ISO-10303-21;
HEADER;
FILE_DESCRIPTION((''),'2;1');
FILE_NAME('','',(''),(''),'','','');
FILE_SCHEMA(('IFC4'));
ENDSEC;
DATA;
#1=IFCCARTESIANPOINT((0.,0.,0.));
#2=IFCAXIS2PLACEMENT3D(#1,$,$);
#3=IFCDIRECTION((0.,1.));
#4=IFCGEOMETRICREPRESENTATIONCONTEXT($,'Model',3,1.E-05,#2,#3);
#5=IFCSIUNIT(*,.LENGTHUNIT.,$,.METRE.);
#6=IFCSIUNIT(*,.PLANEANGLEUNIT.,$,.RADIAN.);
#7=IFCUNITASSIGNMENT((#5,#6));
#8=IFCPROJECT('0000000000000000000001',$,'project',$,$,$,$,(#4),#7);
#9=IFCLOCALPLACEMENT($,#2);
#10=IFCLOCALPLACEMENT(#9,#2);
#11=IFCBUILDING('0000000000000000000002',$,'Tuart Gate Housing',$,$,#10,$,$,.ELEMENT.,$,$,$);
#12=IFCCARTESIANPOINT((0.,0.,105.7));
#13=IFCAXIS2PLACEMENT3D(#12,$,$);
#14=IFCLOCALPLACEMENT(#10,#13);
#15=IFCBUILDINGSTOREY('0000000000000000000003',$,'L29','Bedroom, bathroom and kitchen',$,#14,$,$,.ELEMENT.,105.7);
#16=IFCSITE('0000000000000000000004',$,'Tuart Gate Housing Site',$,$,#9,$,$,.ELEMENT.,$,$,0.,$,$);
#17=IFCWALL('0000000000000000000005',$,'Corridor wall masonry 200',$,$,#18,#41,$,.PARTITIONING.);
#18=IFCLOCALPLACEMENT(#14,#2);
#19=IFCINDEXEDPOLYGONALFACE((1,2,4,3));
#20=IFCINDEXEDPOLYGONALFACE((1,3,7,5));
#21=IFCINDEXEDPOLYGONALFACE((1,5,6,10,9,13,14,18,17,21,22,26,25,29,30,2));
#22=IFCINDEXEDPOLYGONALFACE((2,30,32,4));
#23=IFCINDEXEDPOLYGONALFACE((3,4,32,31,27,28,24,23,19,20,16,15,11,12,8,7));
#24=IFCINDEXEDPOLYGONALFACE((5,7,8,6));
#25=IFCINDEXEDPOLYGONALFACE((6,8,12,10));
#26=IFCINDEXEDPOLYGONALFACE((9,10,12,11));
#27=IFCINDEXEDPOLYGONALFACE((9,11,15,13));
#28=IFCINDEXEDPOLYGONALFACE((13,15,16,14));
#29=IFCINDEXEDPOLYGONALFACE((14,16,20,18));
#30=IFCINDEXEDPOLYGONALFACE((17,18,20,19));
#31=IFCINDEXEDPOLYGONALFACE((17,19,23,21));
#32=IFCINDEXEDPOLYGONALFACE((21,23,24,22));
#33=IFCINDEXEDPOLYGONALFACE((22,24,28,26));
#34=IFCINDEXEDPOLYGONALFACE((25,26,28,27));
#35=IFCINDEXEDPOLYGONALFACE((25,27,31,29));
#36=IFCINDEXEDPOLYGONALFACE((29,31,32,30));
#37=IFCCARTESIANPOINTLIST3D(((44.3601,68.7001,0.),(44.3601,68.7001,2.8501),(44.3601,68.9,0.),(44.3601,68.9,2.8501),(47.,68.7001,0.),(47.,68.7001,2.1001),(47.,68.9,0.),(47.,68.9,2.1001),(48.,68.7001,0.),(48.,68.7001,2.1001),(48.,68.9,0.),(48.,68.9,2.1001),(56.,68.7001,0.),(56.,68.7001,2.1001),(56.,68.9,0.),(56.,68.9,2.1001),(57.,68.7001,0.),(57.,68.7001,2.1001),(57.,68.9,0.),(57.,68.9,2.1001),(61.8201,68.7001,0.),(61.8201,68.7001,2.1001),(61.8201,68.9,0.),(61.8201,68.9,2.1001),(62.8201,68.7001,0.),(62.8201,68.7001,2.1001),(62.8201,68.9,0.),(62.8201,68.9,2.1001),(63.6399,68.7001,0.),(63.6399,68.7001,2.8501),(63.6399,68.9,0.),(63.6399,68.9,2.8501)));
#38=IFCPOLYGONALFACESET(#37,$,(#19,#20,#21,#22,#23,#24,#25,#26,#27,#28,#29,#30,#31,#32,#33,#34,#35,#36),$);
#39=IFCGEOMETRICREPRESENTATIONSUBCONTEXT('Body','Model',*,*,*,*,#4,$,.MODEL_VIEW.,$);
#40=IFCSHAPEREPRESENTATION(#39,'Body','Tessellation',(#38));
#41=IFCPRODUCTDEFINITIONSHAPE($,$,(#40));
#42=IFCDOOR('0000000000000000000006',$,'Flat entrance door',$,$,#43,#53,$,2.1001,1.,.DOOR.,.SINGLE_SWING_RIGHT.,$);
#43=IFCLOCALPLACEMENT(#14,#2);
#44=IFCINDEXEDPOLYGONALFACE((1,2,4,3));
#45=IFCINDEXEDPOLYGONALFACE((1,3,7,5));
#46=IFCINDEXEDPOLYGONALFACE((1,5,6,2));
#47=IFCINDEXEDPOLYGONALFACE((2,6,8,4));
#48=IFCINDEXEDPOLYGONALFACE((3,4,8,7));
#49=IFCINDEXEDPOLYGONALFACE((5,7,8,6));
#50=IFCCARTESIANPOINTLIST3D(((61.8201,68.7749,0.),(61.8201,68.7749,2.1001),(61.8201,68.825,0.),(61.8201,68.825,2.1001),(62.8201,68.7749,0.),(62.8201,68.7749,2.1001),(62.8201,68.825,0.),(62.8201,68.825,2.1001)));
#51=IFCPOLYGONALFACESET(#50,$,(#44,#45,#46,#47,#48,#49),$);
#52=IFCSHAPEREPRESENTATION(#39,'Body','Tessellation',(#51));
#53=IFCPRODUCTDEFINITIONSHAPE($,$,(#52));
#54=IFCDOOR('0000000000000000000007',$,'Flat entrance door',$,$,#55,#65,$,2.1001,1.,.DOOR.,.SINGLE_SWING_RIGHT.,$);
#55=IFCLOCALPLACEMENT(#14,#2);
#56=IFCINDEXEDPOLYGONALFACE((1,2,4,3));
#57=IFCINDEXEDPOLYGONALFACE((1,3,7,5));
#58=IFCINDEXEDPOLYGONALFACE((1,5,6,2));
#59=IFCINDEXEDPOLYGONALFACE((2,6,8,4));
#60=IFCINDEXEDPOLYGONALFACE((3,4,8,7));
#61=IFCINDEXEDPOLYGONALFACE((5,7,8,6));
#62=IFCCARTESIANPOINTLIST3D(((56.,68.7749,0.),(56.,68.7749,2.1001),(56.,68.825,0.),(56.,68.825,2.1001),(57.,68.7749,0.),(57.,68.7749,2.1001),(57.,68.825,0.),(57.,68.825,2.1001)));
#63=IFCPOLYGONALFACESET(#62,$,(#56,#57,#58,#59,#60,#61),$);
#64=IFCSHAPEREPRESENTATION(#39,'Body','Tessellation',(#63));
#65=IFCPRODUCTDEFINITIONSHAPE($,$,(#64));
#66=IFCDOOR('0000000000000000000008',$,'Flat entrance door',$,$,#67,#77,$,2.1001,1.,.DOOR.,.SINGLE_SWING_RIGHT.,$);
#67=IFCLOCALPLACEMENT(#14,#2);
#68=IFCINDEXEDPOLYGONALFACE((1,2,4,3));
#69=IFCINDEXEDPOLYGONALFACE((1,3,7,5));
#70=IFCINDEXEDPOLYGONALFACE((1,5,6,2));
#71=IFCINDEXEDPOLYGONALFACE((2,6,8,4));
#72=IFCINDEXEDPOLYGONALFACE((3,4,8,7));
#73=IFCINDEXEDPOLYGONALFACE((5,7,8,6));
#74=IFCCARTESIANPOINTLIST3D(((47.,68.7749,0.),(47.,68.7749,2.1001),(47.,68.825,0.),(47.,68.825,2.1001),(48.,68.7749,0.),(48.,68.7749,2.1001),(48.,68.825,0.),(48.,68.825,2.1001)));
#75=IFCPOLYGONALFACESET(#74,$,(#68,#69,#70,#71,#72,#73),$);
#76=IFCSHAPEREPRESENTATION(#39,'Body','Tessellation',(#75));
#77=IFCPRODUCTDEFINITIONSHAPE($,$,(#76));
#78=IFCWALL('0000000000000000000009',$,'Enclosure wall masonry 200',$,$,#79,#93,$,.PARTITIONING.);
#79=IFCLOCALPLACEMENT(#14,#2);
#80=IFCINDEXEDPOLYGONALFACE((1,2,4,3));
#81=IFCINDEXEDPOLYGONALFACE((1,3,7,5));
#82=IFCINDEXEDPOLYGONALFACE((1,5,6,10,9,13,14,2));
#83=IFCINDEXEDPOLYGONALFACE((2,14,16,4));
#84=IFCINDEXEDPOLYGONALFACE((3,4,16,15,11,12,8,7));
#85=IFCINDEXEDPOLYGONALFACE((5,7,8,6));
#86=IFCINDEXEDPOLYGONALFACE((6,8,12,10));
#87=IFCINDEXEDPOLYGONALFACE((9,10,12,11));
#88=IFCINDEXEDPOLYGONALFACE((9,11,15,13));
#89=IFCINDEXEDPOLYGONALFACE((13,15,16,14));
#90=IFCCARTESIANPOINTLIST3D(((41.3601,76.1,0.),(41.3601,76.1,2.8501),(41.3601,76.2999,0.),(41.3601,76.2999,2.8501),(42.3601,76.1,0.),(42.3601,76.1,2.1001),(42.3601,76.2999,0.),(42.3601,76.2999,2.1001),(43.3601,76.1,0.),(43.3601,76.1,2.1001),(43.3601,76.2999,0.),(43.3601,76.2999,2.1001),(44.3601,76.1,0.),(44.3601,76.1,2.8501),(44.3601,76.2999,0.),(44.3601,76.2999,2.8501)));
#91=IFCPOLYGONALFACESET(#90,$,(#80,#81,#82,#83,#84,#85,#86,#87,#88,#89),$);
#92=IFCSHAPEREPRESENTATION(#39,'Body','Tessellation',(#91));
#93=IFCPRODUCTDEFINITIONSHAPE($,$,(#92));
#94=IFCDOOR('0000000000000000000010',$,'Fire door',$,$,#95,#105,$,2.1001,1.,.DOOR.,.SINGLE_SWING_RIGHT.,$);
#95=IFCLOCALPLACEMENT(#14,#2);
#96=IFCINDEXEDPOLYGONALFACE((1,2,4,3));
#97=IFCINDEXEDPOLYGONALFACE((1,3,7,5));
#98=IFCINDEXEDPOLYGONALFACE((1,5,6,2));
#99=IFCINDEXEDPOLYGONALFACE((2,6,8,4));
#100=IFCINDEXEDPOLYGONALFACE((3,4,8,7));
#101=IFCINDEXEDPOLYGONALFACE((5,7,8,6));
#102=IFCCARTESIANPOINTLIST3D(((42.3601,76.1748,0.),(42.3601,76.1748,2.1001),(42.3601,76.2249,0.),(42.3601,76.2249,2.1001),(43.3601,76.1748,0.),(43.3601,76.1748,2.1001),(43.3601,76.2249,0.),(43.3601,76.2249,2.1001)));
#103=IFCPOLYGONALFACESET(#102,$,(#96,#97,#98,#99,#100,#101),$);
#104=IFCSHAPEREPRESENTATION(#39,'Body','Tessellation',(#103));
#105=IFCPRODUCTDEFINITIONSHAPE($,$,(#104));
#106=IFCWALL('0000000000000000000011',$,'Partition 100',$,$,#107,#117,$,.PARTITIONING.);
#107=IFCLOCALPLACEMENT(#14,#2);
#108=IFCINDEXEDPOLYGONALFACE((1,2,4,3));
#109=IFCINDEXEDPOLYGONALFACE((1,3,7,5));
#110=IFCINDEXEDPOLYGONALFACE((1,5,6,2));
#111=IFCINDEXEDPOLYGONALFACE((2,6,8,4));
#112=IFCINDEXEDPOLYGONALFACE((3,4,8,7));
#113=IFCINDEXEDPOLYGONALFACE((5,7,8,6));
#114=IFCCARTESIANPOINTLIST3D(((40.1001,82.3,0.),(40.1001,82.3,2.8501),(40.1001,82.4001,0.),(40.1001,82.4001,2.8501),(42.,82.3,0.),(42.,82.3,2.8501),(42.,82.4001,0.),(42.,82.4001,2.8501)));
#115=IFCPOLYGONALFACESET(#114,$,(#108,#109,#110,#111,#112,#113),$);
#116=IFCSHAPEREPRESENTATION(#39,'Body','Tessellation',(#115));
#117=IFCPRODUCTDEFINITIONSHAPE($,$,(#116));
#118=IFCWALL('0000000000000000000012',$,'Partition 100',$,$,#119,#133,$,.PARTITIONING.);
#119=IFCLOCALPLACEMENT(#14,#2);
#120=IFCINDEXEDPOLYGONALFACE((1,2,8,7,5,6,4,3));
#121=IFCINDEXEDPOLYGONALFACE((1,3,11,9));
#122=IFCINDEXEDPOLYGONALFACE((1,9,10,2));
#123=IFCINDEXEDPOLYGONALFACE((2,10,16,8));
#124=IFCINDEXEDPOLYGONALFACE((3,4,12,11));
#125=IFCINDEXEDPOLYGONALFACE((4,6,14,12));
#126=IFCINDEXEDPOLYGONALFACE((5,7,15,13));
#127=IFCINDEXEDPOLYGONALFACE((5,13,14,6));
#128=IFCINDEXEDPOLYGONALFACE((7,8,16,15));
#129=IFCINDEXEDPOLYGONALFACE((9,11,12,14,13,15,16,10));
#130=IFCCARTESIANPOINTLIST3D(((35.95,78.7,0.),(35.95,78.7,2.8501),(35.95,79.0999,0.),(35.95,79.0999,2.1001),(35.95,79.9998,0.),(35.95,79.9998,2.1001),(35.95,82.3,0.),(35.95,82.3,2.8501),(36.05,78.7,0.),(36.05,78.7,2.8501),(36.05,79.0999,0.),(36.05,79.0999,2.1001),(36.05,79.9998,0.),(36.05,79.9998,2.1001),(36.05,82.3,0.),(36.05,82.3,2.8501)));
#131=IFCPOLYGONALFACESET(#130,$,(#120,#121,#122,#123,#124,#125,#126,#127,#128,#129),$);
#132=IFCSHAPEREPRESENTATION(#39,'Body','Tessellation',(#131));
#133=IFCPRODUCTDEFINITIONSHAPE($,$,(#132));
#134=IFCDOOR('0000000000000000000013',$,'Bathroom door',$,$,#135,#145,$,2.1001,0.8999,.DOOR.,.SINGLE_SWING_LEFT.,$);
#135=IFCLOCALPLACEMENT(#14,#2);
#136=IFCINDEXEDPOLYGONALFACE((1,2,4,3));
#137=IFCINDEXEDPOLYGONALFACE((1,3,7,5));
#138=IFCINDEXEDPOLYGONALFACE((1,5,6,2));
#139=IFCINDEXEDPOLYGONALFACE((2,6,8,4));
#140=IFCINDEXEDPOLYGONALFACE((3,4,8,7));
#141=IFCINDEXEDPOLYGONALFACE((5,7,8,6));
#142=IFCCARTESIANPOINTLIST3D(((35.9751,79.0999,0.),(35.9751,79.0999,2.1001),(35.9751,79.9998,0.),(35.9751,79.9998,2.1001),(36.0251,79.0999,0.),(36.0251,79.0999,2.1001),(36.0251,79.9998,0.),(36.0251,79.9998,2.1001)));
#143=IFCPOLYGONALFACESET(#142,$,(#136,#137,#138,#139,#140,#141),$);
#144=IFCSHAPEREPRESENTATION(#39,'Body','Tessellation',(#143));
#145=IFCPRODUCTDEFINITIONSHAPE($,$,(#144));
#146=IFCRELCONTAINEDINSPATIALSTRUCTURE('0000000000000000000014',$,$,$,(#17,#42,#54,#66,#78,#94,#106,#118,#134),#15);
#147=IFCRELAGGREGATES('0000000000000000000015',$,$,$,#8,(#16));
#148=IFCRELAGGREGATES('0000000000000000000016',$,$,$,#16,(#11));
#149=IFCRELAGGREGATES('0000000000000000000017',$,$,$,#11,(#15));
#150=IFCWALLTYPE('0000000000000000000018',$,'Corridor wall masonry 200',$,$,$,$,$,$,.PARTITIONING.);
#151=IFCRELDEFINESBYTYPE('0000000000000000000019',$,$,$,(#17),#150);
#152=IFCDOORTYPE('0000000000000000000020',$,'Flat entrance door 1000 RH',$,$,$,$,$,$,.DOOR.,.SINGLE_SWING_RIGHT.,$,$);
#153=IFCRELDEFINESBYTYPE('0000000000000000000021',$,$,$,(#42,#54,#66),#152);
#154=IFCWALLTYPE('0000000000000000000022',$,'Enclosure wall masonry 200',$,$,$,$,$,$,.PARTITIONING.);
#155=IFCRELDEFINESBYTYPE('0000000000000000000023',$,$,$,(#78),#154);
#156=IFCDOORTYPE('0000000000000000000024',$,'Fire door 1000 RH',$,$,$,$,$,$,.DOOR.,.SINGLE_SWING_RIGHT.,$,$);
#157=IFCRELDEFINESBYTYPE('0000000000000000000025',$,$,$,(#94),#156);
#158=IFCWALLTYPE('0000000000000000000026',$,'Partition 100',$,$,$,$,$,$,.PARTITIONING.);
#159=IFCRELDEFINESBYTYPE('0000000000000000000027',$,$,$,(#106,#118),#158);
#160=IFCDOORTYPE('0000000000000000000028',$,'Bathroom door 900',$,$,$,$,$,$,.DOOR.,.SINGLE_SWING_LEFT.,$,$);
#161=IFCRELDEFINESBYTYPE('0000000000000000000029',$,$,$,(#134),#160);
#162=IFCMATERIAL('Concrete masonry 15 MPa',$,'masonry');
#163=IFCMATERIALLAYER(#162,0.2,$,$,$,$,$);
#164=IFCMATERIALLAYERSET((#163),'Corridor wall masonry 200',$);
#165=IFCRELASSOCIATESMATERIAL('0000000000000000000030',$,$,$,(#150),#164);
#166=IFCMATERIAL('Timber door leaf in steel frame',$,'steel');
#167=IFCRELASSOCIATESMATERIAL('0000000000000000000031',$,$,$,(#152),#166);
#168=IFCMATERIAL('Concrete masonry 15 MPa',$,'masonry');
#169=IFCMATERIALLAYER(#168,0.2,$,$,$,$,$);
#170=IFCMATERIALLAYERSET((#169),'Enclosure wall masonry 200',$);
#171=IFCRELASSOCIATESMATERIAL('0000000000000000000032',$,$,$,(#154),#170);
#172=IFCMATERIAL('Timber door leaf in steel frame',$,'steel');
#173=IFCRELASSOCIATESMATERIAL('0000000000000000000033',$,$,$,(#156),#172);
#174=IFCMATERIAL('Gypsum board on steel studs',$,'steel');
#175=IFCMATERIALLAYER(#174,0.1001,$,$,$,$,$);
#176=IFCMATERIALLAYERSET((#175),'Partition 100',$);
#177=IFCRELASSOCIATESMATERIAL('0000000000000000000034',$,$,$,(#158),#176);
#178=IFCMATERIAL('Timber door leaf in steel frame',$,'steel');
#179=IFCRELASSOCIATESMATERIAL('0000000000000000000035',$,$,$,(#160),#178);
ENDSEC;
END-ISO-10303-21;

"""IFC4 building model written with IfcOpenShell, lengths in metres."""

from ifc_helpers import new_model, si_unit, direction, frame, frame_2d, origin, place, context, subcontext, project, spatial, rectangle, extrude, material, layer, layer_set, type_object, element, fill, save


model = new_model("IFC4")

# Units and contexts
model_context = context("Model", 3, precision=1e-05, world=origin(), true_north=direction((0.0, 1.0)))
body_context = subcontext(model_context, "Body", "Model", "MODEL_VIEW")
ifc_project = project(units=[si_unit("LENGTHUNIT", "METRE"), si_unit("PLANEANGLEUNIT", "RADIAN")], contexts=[model_context])

# Site, building, storey
site_placement = place(None, origin())
site = spatial("IfcSite", under=ifc_project, at=site_placement, Name="Tuart Gate Housing Site", CompositionType="ELEMENT", RefElevation=0.0)
building_placement = place(site_placement, origin())
building = spatial("IfcBuilding", under=site, at=building_placement, Name="Tuart Gate Housing", CompositionType="ELEMENT")
storey_placement = place(building_placement, frame((0.0, 0.0, 105.7)))
storey = spatial("IfcBuildingStorey", under=building, at=storey_placement, Name="L29", Description="Bedroom, bathroom and kitchen", CompositionType="ELEMENT", Elevation=105.7)

# Wall, openings, doors
ifc_material_1 = material(Name="Concrete masonry 15 MPa", Category="masonry")
ifc_layer_1 = layer(ifc_material_1, 0.2)
ifc_layer_set_1 = layer_set([ifc_layer_1], Name="Corridor wall masonry 200")
wall_type_1 = type_object("IfcWallType", Name="Corridor wall masonry 200", PredefinedType="PARTITIONING", material=ifc_layer_set_1)
wall_1_placement = place(storey_placement, frame((44.3601, 68.8, 0.0), z_axis=(0.0, 0.0, 1.0), x_axis=(1.0, 0.0, 0.0)))
wall_1 = element("IfcWall", 1, at=wall_1_placement, inside=storey, type_object=wall_type_1, Name="Corridor wall masonry 200", PredefinedType="PARTITIONING", context=body_context, shape_type="SweptSolid", body=[
    extrude(rectangle(XDim=19.2798, YDim=0.2, at=frame_2d((9.6399, 0.0))), origin(), (0.0, 0.0, 1.0), 2.8501),
])
opening_1_placement = place(wall_1_placement, frame((17.46, 0.0, 0.0)))
opening_1 = element("IfcOpeningElement", 2, at=opening_1_placement, cuts=wall_1, PredefinedType="OPENING", context=body_context, shape_type="SweptSolid", body=[
    extrude(rectangle(XDim=1.0, YDim=2.1001, at=frame_2d((0.5, 1.05))), frame((0.0, 0.1099, 0.0), z_axis=(0.0, -1.0, 0.0), x_axis=(1.0, 0.0, 0.0)), (0.0, 0.0, 1.0), 0.22),
])
opening_2_placement = place(wall_1_placement, frame((11.6399, 0.0, 0.0)))
opening_2 = element("IfcOpeningElement", 3, at=opening_2_placement, cuts=wall_1, PredefinedType="OPENING", context=body_context, shape_type="SweptSolid", body=[
    extrude(rectangle(XDim=1.0, YDim=2.1001, at=frame_2d((0.5, 1.05))), frame((0.0, 0.1099, 0.0), z_axis=(0.0, -1.0, 0.0), x_axis=(1.0, 0.0, 0.0)), (0.0, 0.0, 1.0), 0.22),
])
opening_3_placement = place(wall_1_placement, frame((2.6399, 0.0, 0.0)))
opening_3 = element("IfcOpeningElement", 4, at=opening_3_placement, cuts=wall_1, PredefinedType="OPENING", context=body_context, shape_type="SweptSolid", body=[
    extrude(rectangle(XDim=1.0, YDim=2.1001, at=frame_2d((0.5, 1.05))), frame((0.0, 0.1099, 0.0), z_axis=(0.0, -1.0, 0.0), x_axis=(1.0, 0.0, 0.0)), (0.0, 0.0, 1.0), 0.22),
])
ifc_material_2 = material(Name="Timber door leaf in steel frame", Category="steel")
door_type_1 = type_object("IfcDoorType", Name="Flat entrance door 1000 RH", OperationType="SINGLE_SWING_RIGHT", PredefinedType="DOOR", material=ifc_material_2)
door_1_placement = place(opening_1_placement, frame((1.0, 0.0, 0.0), z_axis=(0.0, 0.0, 1.0), x_axis=(-1.0, 0.0, 0.0)))
door_1 = element("IfcDoor", 5, at=door_1_placement, inside=storey, type_object=door_type_1, Name="Flat entrance door", OperationType="SINGLE_SWING_RIGHT", OverallHeight=2.1001, OverallWidth=1.0, PredefinedType="DOOR", context=body_context, shape_type="SweptSolid", body=[
    extrude(rectangle(XDim=1.0, YDim=2.1001, at=frame_2d((0.5, 1.05))), frame((0.0, 0.0251, 0.0), z_axis=(0.0, -1.0, 0.0), x_axis=(1.0, 0.0, 0.0)), (0.0, 0.0, 1.0), 0.05),
])
fill(opening_1, door_1)
door_2_placement = place(opening_2_placement, frame((1.0, 0.0, 0.0), z_axis=(0.0, 0.0, 1.0), x_axis=(-1.0, 0.0, 0.0)))
door_2 = element("IfcDoor", 6, at=door_2_placement, inside=storey, type_object=door_type_1, Name="Flat entrance door", OperationType="SINGLE_SWING_RIGHT", OverallHeight=2.1001, OverallWidth=1.0, PredefinedType="DOOR", context=body_context, shape_type="SweptSolid", body=[
    extrude(rectangle(XDim=1.0, YDim=2.1001, at=frame_2d((0.5, 1.05))), frame((0.0, 0.0251, 0.0), z_axis=(0.0, -1.0, 0.0), x_axis=(1.0, 0.0, 0.0)), (0.0, 0.0, 1.0), 0.05),
])
fill(opening_2, door_2)
door_3_placement = place(opening_3_placement, frame((1.0, 0.0, 0.0), z_axis=(0.0, 0.0, 1.0), x_axis=(-1.0, 0.0, 0.0)))
door_3 = element("IfcDoor", 7, at=door_3_placement, inside=storey, type_object=door_type_1, Name="Flat entrance door", OperationType="SINGLE_SWING_RIGHT", OverallHeight=2.1001, OverallWidth=1.0, PredefinedType="DOOR", context=body_context, shape_type="SweptSolid", body=[
    extrude(rectangle(XDim=1.0, YDim=2.1001, at=frame_2d((0.5, 1.05))), frame((0.0, 0.0251, 0.0), z_axis=(0.0, -1.0, 0.0), x_axis=(1.0, 0.0, 0.0)), (0.0, 0.0, 1.0), 0.05),
])
fill(opening_3, door_3)

# Wall, opening, door
ifc_material_3 = material(Name="Concrete masonry 15 MPa", Category="masonry")
ifc_layer_2 = layer(ifc_material_3, 0.2)
ifc_layer_set_2 = layer_set([ifc_layer_2], Name="Enclosure wall masonry 200")
wall_type_2 = type_object("IfcWallType", Name="Enclosure wall masonry 200", PredefinedType="PARTITIONING", material=ifc_layer_set_2)
wall_2_placement = place(storey_placement, frame((41.3601, 76.2, 0.0), z_axis=(0.0, 0.0, 1.0), x_axis=(1.0, 0.0, 0.0)))
wall_2 = element("IfcWall", 8, at=wall_2_placement, inside=storey, type_object=wall_type_2, Name="Enclosure wall masonry 200", PredefinedType="PARTITIONING", context=body_context, shape_type="SweptSolid", body=[
    extrude(rectangle(XDim=3.0, YDim=0.2, at=frame_2d((1.5, 0.0))), origin(), (0.0, 0.0, 1.0), 2.8501),
])
opening_4_placement = place(wall_2_placement, frame((1.0, 0.0, 0.0)))
opening_4 = element("IfcOpeningElement", 9, at=opening_4_placement, cuts=wall_2, PredefinedType="OPENING", context=body_context, shape_type="SweptSolid", body=[
    extrude(rectangle(XDim=1.0, YDim=2.1001, at=frame_2d((0.5, 1.05))), frame((0.0, 0.1099, 0.0), z_axis=(0.0, -1.0, 0.0), x_axis=(1.0, 0.0, 0.0)), (0.0, 0.0, 1.0), 0.22),
])
ifc_material_4 = material(Name="Timber door leaf in steel frame", Category="steel")
door_type_2 = type_object("IfcDoorType", Name="Fire door 1000 RH", OperationType="SINGLE_SWING_RIGHT", PredefinedType="DOOR", material=ifc_material_4)
door_4_placement = place(opening_4_placement, origin())
door_4 = element("IfcDoor", 10, at=door_4_placement, inside=storey, type_object=door_type_2, Name="Fire door", OperationType="SINGLE_SWING_RIGHT", OverallHeight=2.1001, OverallWidth=1.0, PredefinedType="DOOR", context=body_context, shape_type="SweptSolid", body=[
    extrude(rectangle(XDim=1.0, YDim=2.1001, at=frame_2d((0.5, 1.05))), frame((0.0, 0.0249, 0.0), z_axis=(0.0, -1.0, 0.0), x_axis=(1.0, 0.0, 0.0)), (0.0, 0.0, 1.0), 0.05),
])
fill(opening_4, door_4)

# Wall
ifc_material_5 = material(Name="Gypsum board on steel studs", Category="steel")
ifc_layer_3 = layer(ifc_material_5, 0.1001)
ifc_layer_set_3 = layer_set([ifc_layer_3], Name="Partition 100")
wall_type_3 = type_object("IfcWallType", Name="Partition 100", PredefinedType="PARTITIONING", material=ifc_layer_set_3)
wall_3_placement = place(storey_placement, frame((40.1001, 82.3501, 0.0), z_axis=(0.0, 0.0, 1.0), x_axis=(1.0, 0.0, 0.0)))
element("IfcWall", 11, at=wall_3_placement, inside=storey, type_object=wall_type_3, Name="Partition 100", PredefinedType="PARTITIONING", context=body_context, shape_type="SweptSolid", body=[
    extrude(rectangle(XDim=1.8999, YDim=0.1001, at=frame_2d((0.95, 0.0))), origin(), (0.0, 0.0, 1.0), 2.8501),
])

# Wall, opening, door
wall_4_placement = place(storey_placement, frame((36.0, 78.7, 0.0), z_axis=(0.0, 0.0, 1.0), x_axis=(0.0, 1.0, 0.0)))
wall_4 = element("IfcWall", 12, at=wall_4_placement, inside=storey, type_object=wall_type_3, Name="Partition 100", PredefinedType="PARTITIONING", context=body_context, shape_type="SweptSolid", body=[
    extrude(rectangle(XDim=3.6001, YDim=0.1001, at=frame_2d((1.8, 0.0))), origin(), (0.0, 0.0, 1.0), 2.8501),
])
opening_5_placement = place(wall_4_placement, frame((0.3999, 0.0, 0.0)))
opening_5 = element("IfcOpeningElement", 13, at=opening_5_placement, cuts=wall_4, PredefinedType="OPENING", context=body_context, shape_type="SweptSolid", body=[
    extrude(rectangle(XDim=0.8999, YDim=2.1001, at=frame_2d((0.45, 1.05))), frame((0.0, 0.0601, 0.0), z_axis=(0.0, -1.0, 0.0), x_axis=(1.0, 0.0, 0.0)), (0.0, 0.0, 1.0), 0.1201),
])
ifc_material_6 = material(Name="Timber door leaf in steel frame", Category="steel")
door_type_3 = type_object("IfcDoorType", Name="Bathroom door 900", OperationType="SINGLE_SWING_LEFT", PredefinedType="DOOR", material=ifc_material_6)
door_5_placement = place(opening_5_placement, origin())
door_5 = element("IfcDoor", 14, at=door_5_placement, inside=storey, type_object=door_type_3, Name="Bathroom door", OperationType="SINGLE_SWING_LEFT", OverallHeight=2.1001, OverallWidth=0.8999, PredefinedType="DOOR", context=body_context, shape_type="SweptSolid", body=[
    extrude(rectangle(XDim=0.8999, YDim=2.1001, at=frame_2d((0.45, 1.05))), frame((0.0, 0.0249, 0.0), z_axis=(0.0, -1.0, 0.0), x_axis=(1.0, 0.0, 0.0)), (0.0, 0.0, 1.0), 0.05),
])
fill(opening_5, door_5)

save(model, "model.ifc")
